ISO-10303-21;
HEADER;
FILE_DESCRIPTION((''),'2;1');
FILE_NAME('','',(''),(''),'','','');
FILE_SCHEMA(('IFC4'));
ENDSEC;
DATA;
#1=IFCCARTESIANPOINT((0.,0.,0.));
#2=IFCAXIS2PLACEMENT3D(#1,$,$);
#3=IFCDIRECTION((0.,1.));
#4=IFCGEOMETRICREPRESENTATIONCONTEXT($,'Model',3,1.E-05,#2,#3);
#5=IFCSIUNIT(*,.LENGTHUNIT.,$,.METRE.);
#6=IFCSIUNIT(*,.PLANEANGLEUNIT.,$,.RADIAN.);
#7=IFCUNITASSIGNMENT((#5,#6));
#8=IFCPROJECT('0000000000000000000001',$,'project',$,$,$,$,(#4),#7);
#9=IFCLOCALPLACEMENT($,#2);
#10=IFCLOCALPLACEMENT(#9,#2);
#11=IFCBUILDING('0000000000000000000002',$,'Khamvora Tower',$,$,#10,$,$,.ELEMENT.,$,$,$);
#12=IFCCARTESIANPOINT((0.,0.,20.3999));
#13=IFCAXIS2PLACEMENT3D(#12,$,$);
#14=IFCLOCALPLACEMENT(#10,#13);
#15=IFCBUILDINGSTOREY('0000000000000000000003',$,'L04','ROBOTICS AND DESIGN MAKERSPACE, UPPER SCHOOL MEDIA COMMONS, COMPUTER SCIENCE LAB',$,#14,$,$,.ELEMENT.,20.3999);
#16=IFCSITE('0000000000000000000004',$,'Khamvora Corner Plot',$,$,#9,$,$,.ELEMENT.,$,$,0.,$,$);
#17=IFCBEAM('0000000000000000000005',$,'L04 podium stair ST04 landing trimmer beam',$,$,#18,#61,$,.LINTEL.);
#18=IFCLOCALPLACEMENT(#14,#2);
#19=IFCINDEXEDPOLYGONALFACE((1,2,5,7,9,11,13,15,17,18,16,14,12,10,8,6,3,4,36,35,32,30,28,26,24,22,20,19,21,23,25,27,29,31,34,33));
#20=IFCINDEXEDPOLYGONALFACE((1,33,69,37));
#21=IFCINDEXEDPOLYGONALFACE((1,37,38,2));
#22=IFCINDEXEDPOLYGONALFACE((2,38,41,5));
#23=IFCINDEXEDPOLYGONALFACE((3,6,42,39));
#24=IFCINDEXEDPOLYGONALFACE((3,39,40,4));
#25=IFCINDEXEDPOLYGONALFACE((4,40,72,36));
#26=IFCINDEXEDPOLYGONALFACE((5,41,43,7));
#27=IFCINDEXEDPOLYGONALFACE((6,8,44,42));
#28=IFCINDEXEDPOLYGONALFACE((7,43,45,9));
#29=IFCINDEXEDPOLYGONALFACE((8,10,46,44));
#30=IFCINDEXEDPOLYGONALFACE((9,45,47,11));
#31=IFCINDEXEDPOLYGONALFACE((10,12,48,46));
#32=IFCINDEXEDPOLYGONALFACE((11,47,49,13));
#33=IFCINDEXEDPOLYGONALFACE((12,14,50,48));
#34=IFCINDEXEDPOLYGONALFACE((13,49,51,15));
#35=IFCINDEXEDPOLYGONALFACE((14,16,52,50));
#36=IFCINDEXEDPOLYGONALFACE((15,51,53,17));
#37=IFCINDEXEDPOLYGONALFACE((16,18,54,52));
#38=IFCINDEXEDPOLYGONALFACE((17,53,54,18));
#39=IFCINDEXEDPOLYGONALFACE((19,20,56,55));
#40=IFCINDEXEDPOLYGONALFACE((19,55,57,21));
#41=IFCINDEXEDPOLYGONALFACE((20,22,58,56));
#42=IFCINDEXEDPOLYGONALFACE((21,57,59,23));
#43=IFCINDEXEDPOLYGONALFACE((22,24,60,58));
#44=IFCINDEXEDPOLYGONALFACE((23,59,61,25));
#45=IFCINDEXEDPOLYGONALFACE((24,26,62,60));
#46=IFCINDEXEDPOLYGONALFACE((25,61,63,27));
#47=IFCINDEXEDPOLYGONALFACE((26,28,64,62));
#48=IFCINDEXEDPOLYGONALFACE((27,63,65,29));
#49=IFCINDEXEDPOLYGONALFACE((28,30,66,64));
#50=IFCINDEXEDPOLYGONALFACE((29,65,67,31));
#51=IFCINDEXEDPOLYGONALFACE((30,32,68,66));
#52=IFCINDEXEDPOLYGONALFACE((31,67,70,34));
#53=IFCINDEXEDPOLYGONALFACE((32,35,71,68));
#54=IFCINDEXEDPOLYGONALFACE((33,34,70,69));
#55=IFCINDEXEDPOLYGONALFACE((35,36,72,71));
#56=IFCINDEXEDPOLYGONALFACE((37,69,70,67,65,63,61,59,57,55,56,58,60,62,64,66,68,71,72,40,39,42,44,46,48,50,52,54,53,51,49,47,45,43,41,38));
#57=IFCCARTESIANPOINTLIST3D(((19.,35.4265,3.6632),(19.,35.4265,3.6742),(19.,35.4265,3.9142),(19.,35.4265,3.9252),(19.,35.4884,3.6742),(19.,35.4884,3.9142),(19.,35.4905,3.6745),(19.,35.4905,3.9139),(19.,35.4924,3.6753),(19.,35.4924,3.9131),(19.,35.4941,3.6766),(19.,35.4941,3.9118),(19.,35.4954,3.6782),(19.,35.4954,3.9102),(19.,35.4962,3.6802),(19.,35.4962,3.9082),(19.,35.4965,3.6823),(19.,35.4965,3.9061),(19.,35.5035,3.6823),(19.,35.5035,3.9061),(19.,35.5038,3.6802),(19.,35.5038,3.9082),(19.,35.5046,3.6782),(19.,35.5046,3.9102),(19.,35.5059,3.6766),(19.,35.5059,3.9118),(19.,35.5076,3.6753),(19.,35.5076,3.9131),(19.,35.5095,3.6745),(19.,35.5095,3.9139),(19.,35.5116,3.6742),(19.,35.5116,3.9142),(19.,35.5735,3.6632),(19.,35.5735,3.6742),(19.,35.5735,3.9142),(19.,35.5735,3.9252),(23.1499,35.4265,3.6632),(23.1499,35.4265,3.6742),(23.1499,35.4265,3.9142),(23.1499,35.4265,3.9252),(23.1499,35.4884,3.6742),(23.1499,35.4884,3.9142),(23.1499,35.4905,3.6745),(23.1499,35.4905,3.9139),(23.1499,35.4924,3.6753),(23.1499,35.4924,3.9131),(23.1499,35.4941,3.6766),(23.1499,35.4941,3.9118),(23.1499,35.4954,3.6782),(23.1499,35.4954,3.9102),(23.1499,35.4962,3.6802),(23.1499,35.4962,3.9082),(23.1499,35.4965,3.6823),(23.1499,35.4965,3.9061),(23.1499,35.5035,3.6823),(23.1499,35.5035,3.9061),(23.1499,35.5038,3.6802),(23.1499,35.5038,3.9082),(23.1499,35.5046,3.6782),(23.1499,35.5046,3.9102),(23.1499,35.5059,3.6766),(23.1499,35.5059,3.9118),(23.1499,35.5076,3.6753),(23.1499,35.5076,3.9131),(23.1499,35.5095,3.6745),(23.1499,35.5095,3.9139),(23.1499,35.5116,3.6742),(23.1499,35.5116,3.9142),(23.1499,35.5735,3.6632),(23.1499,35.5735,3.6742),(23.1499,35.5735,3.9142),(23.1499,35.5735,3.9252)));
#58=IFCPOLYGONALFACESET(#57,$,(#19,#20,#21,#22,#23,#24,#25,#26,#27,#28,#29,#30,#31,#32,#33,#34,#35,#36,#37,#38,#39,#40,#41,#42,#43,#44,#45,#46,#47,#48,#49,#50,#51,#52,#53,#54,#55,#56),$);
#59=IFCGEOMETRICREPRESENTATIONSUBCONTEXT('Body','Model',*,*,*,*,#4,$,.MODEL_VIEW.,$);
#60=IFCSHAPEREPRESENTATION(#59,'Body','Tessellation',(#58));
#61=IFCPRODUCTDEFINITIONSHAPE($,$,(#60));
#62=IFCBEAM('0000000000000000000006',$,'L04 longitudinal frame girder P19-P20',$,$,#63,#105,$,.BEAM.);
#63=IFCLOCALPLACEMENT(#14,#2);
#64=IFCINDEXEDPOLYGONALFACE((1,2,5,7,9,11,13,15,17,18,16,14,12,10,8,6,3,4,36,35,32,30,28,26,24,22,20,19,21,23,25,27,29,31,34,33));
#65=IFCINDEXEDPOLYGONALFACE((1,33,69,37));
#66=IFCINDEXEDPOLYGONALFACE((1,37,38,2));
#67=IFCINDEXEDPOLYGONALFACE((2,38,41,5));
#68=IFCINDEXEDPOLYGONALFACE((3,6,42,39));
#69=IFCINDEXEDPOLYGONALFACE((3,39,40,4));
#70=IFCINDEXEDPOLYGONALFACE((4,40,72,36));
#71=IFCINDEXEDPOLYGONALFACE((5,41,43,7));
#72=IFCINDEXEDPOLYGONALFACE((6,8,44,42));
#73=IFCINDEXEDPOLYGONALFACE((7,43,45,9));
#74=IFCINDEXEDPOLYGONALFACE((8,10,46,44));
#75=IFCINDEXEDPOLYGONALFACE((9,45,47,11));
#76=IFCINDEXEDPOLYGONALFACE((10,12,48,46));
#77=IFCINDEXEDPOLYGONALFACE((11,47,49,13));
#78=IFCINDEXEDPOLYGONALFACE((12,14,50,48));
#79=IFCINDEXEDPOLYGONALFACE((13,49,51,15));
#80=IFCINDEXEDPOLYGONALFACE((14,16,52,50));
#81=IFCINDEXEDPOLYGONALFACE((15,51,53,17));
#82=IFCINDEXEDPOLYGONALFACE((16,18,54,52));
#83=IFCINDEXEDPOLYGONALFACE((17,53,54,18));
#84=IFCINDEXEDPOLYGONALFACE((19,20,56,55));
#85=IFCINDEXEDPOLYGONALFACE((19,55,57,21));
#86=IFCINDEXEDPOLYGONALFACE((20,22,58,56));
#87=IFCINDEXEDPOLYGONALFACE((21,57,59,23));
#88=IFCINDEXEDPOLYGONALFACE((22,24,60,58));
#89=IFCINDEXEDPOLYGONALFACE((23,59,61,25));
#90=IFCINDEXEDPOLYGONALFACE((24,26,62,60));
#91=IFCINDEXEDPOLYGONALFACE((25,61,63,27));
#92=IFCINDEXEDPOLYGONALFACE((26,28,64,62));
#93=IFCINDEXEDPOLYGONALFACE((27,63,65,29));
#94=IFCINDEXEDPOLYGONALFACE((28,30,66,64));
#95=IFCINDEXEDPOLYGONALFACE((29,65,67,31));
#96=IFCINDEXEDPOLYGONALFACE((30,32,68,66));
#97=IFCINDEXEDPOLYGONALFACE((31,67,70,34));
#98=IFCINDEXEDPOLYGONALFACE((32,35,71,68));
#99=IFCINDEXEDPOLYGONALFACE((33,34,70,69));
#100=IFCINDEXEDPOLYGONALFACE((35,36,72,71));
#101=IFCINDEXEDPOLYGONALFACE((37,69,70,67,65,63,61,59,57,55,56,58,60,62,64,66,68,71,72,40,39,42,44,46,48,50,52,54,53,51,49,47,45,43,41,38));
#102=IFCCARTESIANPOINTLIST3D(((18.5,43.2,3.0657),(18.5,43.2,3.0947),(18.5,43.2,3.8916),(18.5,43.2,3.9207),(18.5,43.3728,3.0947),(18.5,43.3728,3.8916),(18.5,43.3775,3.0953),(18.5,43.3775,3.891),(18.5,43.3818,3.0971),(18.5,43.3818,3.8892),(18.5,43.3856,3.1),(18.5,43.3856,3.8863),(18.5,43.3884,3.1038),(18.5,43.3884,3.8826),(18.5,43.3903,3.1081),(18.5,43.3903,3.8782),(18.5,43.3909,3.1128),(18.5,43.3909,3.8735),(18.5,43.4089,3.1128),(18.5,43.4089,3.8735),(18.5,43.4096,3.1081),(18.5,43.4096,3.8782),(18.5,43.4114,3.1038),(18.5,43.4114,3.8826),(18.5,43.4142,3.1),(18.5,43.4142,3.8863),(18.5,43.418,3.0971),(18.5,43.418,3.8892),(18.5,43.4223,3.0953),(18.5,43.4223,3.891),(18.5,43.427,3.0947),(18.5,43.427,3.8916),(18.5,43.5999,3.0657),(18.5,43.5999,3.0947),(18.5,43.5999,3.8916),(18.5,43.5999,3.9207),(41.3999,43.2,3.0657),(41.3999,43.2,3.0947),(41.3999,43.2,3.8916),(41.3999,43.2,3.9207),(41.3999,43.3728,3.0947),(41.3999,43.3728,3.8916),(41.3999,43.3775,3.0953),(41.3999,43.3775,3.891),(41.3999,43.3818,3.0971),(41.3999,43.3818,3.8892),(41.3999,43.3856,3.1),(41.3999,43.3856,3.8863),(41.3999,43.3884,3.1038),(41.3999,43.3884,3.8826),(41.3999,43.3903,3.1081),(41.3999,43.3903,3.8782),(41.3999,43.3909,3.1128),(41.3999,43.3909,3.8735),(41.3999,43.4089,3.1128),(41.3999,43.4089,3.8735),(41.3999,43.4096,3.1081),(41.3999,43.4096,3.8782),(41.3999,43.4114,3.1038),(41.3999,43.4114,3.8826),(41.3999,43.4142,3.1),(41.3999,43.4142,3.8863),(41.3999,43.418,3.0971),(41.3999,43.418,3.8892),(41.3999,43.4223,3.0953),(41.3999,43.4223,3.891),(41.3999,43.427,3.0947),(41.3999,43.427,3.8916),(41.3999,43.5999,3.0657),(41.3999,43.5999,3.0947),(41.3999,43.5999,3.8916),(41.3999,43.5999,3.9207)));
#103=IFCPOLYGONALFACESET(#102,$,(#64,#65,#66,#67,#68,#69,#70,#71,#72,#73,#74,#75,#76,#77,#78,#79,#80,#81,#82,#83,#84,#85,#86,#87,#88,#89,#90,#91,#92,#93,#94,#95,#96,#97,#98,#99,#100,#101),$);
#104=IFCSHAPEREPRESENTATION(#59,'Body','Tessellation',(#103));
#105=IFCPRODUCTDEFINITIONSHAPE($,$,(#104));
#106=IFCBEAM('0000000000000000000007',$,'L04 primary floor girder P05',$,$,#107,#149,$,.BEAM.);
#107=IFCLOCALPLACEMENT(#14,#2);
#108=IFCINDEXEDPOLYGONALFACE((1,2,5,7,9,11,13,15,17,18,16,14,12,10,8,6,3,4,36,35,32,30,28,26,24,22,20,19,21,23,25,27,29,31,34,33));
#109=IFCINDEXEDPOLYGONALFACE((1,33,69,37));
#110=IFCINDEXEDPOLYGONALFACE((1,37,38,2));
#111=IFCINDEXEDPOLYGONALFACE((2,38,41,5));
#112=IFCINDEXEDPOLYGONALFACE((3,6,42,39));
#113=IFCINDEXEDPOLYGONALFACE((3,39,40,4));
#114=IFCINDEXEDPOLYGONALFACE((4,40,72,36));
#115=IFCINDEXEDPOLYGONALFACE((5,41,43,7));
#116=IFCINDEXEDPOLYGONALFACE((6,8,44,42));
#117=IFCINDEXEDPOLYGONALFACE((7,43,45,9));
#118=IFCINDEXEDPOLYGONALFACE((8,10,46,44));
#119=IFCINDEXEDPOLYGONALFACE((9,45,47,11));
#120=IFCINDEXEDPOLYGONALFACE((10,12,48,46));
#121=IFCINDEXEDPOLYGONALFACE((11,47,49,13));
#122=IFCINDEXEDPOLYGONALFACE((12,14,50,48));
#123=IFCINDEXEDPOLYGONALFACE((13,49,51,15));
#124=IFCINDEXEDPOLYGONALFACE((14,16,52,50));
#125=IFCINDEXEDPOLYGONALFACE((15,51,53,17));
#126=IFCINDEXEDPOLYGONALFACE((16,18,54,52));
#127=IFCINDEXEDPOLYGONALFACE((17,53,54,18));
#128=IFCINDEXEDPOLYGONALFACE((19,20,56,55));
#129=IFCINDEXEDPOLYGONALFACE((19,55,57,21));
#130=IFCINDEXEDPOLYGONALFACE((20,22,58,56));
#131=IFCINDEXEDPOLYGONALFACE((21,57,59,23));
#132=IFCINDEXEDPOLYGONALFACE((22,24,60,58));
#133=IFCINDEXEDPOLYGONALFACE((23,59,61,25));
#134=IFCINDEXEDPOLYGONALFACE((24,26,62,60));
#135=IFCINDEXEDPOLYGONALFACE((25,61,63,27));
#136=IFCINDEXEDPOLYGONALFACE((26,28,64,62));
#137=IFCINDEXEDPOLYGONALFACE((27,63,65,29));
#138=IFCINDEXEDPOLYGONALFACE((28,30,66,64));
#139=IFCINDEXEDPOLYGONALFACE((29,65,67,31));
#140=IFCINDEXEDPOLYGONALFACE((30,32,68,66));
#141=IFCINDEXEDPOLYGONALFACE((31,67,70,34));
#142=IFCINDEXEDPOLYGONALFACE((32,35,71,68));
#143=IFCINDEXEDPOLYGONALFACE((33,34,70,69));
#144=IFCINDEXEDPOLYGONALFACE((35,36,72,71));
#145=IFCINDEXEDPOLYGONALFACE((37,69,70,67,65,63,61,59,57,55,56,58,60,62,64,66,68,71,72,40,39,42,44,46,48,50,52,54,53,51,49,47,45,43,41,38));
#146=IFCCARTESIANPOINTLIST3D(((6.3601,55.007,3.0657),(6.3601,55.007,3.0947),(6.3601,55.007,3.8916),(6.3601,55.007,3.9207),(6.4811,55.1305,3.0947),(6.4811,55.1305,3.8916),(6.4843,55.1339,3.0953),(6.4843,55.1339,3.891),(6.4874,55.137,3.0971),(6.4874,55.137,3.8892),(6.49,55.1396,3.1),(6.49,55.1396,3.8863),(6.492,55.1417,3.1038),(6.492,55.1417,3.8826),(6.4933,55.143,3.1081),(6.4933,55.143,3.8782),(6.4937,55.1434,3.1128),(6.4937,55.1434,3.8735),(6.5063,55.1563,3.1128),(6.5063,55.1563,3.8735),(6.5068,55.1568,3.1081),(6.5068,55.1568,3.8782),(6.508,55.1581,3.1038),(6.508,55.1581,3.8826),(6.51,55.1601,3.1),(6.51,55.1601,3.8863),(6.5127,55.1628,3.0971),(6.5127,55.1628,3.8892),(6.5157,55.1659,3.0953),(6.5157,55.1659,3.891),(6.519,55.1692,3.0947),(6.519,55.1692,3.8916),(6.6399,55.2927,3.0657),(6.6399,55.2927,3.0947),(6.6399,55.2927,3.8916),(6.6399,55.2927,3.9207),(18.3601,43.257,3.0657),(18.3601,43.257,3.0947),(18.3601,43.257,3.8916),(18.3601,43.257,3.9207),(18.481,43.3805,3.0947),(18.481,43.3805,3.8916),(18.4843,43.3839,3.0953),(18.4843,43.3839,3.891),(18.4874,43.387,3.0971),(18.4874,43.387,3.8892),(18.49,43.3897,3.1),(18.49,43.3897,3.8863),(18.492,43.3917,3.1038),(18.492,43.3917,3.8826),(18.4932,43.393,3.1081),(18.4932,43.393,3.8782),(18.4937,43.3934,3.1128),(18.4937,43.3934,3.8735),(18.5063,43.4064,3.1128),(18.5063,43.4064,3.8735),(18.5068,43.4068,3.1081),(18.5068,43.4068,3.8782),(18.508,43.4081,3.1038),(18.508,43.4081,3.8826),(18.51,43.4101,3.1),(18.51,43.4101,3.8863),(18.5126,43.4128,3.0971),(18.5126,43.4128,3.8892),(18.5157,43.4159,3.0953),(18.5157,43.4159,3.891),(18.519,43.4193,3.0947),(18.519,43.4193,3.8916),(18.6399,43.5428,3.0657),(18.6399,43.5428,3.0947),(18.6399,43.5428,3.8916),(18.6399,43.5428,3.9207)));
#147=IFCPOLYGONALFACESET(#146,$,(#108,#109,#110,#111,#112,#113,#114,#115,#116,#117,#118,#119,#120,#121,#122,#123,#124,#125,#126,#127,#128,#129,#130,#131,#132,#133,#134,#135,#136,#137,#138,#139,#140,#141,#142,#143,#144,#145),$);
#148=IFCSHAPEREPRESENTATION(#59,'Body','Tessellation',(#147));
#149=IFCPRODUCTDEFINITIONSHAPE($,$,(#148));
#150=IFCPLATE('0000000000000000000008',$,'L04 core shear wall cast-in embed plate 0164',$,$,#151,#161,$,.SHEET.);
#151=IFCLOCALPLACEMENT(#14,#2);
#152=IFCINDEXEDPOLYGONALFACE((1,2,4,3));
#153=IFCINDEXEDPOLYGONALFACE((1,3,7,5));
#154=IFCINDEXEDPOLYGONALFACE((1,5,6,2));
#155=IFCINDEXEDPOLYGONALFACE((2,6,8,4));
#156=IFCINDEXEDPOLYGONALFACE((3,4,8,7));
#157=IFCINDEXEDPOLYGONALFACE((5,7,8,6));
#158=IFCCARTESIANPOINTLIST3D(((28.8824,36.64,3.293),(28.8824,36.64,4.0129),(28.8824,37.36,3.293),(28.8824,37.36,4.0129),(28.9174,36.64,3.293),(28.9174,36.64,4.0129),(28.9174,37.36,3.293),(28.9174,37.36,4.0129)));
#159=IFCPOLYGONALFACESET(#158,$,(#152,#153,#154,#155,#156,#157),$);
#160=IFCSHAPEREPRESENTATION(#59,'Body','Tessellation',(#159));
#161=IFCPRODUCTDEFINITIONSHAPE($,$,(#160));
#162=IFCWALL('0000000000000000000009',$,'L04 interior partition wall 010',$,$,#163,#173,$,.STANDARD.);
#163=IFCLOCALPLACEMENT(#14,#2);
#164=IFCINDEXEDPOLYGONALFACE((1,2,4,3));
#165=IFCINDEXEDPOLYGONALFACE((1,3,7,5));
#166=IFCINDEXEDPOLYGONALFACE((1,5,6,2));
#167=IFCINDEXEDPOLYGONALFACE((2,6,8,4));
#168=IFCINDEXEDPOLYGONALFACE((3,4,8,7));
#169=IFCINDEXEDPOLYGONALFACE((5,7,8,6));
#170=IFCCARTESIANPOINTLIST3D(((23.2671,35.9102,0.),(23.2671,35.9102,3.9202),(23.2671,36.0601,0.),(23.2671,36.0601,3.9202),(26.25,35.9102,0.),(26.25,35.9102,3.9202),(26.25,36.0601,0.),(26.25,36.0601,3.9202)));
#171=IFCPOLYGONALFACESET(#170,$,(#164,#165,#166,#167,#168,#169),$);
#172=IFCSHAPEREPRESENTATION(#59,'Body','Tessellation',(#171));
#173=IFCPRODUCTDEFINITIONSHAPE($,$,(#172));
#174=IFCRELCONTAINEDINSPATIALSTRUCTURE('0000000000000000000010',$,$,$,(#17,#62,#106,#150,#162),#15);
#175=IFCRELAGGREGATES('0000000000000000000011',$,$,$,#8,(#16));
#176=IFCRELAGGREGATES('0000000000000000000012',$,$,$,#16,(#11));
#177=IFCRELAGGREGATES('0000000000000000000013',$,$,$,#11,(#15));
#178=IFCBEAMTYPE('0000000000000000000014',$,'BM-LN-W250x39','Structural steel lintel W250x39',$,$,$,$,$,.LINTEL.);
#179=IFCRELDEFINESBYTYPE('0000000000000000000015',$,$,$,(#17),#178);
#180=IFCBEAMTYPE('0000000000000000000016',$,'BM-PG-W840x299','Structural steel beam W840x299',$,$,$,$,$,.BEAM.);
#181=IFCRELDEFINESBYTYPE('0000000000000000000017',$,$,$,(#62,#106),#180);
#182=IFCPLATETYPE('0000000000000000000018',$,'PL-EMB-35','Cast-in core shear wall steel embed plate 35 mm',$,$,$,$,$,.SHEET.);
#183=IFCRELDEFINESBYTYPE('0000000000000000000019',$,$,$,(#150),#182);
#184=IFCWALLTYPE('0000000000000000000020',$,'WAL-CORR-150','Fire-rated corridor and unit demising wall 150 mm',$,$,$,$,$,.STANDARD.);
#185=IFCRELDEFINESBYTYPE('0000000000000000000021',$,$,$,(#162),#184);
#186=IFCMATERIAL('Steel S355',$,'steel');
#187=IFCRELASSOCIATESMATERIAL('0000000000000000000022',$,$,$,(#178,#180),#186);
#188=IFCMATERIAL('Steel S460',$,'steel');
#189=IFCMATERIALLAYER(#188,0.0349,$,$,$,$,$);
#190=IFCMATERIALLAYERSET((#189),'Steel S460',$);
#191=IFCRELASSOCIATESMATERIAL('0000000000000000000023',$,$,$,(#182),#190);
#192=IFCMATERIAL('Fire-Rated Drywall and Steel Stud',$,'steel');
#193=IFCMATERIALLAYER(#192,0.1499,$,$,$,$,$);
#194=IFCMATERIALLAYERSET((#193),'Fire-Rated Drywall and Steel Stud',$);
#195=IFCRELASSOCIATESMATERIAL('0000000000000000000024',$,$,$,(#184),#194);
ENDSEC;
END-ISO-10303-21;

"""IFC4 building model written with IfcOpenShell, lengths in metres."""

from ifc_helpers import new_model, si_unit, direction, frame, frame_2d, origin, origin_2d, place, context, subcontext, project, spatial, rectangle, i_section, extrude, material, layer, layer_set, material_profile, profile_set, type_object, element, save


model = new_model("IFC4")

# Units and contexts
model_context = context("Model", 3, precision=1e-05, world=origin(), true_north=direction((0.0, 1.0)))
body_context = subcontext(model_context, "Body", "Model", "MODEL_VIEW")
ifc_project = project(units=[si_unit("LENGTHUNIT", "METRE"), si_unit("PLANEANGLEUNIT", "RADIAN")], contexts=[model_context])

# Site, building, storey
site_placement = place(None, origin())
site = spatial("IfcSite", under=ifc_project, at=site_placement, Name="Khamvora Corner Plot", CompositionType="ELEMENT", RefElevation=0.0)
building_placement = place(site_placement, origin())
building = spatial("IfcBuilding", under=site, at=building_placement, Name="Khamvora Tower", CompositionType="ELEMENT")
storey_placement = place(building_placement, frame((0.0, 0.0, 20.3999)))
storey = spatial("IfcBuildingStorey", under=building, at=storey_placement, Name="L04", Description="ROBOTICS AND DESIGN MAKERSPACE, UPPER SCHOOL MEDIA COMMONS, COMPUTER SCIENCE LAB", CompositionType="ELEMENT", Elevation=20.3999)

# Shared definitions
ifc_material_1 = material(Name="Steel S460", Category="steel")

# Beams
ifc_material_2 = material(Name="Steel S355", Category="steel")
ifc_material_profile_1 = material_profile(ifc_material_2, i_section(OverallWidth=0.147, OverallDepth=0.262, WebThickness=0.0071, FlangeThickness=0.011, FilletRadius=0.0081, at=origin_2d()), Name="W250x39")
ifc_profile_set_1 = profile_set([ifc_material_profile_1], Name="Steel S355")
beam_type_1 = type_object("IfcBeamType", Name="BM-LN-W250x39", Description="Structural steel lintel W250x39", PredefinedType="LINTEL", material=ifc_profile_set_1)
beam_1_placement = place(storey_placement, frame((19.0, 35.5, 3.7942), z_axis=(1.0, 0.0, 0.0), x_axis=(0.0, 1.0, 0.0)))
element("IfcBeam", 1, at=beam_1_placement, inside=storey, type_object=beam_type_1, Name="L04 podium stair ST04 landing trimmer beam", PredefinedType="LINTEL", context=body_context, shape_type="SweptSolid", body=[
    extrude(i_section(OverallWidth=0.147, OverallDepth=0.262, WebThickness=0.0071, FlangeThickness=0.011, FilletRadius=0.0081, at=origin_2d()), origin(), (0.0, 0.0, 1.0), 4.1499),
])
ifc_material_profile_2 = material_profile(ifc_material_2, i_section(OverallWidth=0.3999, OverallDepth=0.855, WebThickness=0.0181, FlangeThickness=0.0291, FilletRadius=0.0181, at=origin_2d()), Name="W840x299")
ifc_profile_set_2 = profile_set([ifc_material_profile_2], Name="Steel S355")
beam_type_2 = type_object("IfcBeamType", Name="BM-PG-W840x299", Description="Structural steel beam W840x299", PredefinedType="BEAM", material=ifc_profile_set_2)
beam_2_placement = place(storey_placement, frame((18.5, 43.3999, 3.4932), z_axis=(1.0, 0.0, 0.0), x_axis=(0.0, 1.0, 0.0)))
element("IfcBeam", 2, at=beam_2_placement, inside=storey, type_object=beam_type_2, Name="L04 longitudinal frame girder P19-P20", PredefinedType="BEAM", context=body_context, shape_type="SweptSolid", body=[
    extrude(i_section(OverallWidth=0.3999, OverallDepth=0.855, WebThickness=0.0181, FlangeThickness=0.0291, FilletRadius=0.0181, at=origin_2d()), origin(), (0.0, 0.0, 1.0), 22.8999),
])
beam_3_placement = place(storey_placement, frame((18.5, 43.3999, 3.4932), z_axis=(-0.71451, 0.699625, 0.0), x_axis=(-0.699625, -0.71451, 0.0)))
element("IfcBeam", 3, at=beam_3_placement, inside=storey, type_object=beam_type_2, Name="L04 primary floor girder P05", PredefinedType="BEAM", context=body_context, shape_type="SweptSolid", body=[
    extrude(i_section(OverallWidth=0.3999, OverallDepth=0.855, WebThickness=0.0181, FlangeThickness=0.0291, FilletRadius=0.0181, at=origin_2d()), origin(), (0.0, 0.0, 1.0), 16.7947),
])

# Plate
ifc_layer_1 = layer(ifc_material_1, 0.0349)
ifc_layer_set_1 = layer_set([ifc_layer_1], Name="Steel S460")
plate_type = type_object("IfcPlateType", Name="PL-EMB-35", Description="Cast-in core shear wall steel embed plate 35 mm", PredefinedType="SHEET", material=ifc_layer_set_1)
plate_placement = place(storey_placement, frame((28.8999, 37.0, 3.293), z_axis=(0.0, 0.0, 1.0), x_axis=(1.0, 0.0, 0.0)))
element("IfcPlate", 4, at=plate_placement, inside=storey, type_object=plate_type, Name="L04 core shear wall cast-in embed plate 0164", PredefinedType="SHEET", context=body_context, shape_type="SweptSolid", body=[
    extrude(rectangle(XDim=0.0349, YDim=0.72, at=origin_2d()), origin(), (0.0, 0.0, 1.0), 0.72),
])

# Wall
ifc_material_3 = material(Name="Fire-Rated Drywall and Steel Stud", Category="steel")
ifc_layer_2 = layer(ifc_material_3, 0.1499)
ifc_layer_set_2 = layer_set([ifc_layer_2], Name="Fire-Rated Drywall and Steel Stud")
wall_type_1 = type_object("IfcWallType", Name="WAL-CORR-150", Description="Fire-rated corridor and unit demising wall 150 mm", PredefinedType="STANDARD", material=ifc_layer_set_2)
wall_1_placement = place(storey_placement, frame((23.2671, 35.9851, 0.0), z_axis=(0.0, 0.0, 1.0), x_axis=(1.0, 0.0, 0.0)))
element("IfcWall", 5, at=wall_1_placement, inside=storey, type_object=wall_type_1, Name="L04 interior partition wall 010", PredefinedType="STANDARD", context=body_context, shape_type="SweptSolid", body=[
    extrude(rectangle(XDim=2.9829, YDim=0.1499, at=frame_2d((1.4915, 0.0))), origin(), (0.0, 0.0, 1.0), 3.9202),
])

save(model, "model.ifc")
